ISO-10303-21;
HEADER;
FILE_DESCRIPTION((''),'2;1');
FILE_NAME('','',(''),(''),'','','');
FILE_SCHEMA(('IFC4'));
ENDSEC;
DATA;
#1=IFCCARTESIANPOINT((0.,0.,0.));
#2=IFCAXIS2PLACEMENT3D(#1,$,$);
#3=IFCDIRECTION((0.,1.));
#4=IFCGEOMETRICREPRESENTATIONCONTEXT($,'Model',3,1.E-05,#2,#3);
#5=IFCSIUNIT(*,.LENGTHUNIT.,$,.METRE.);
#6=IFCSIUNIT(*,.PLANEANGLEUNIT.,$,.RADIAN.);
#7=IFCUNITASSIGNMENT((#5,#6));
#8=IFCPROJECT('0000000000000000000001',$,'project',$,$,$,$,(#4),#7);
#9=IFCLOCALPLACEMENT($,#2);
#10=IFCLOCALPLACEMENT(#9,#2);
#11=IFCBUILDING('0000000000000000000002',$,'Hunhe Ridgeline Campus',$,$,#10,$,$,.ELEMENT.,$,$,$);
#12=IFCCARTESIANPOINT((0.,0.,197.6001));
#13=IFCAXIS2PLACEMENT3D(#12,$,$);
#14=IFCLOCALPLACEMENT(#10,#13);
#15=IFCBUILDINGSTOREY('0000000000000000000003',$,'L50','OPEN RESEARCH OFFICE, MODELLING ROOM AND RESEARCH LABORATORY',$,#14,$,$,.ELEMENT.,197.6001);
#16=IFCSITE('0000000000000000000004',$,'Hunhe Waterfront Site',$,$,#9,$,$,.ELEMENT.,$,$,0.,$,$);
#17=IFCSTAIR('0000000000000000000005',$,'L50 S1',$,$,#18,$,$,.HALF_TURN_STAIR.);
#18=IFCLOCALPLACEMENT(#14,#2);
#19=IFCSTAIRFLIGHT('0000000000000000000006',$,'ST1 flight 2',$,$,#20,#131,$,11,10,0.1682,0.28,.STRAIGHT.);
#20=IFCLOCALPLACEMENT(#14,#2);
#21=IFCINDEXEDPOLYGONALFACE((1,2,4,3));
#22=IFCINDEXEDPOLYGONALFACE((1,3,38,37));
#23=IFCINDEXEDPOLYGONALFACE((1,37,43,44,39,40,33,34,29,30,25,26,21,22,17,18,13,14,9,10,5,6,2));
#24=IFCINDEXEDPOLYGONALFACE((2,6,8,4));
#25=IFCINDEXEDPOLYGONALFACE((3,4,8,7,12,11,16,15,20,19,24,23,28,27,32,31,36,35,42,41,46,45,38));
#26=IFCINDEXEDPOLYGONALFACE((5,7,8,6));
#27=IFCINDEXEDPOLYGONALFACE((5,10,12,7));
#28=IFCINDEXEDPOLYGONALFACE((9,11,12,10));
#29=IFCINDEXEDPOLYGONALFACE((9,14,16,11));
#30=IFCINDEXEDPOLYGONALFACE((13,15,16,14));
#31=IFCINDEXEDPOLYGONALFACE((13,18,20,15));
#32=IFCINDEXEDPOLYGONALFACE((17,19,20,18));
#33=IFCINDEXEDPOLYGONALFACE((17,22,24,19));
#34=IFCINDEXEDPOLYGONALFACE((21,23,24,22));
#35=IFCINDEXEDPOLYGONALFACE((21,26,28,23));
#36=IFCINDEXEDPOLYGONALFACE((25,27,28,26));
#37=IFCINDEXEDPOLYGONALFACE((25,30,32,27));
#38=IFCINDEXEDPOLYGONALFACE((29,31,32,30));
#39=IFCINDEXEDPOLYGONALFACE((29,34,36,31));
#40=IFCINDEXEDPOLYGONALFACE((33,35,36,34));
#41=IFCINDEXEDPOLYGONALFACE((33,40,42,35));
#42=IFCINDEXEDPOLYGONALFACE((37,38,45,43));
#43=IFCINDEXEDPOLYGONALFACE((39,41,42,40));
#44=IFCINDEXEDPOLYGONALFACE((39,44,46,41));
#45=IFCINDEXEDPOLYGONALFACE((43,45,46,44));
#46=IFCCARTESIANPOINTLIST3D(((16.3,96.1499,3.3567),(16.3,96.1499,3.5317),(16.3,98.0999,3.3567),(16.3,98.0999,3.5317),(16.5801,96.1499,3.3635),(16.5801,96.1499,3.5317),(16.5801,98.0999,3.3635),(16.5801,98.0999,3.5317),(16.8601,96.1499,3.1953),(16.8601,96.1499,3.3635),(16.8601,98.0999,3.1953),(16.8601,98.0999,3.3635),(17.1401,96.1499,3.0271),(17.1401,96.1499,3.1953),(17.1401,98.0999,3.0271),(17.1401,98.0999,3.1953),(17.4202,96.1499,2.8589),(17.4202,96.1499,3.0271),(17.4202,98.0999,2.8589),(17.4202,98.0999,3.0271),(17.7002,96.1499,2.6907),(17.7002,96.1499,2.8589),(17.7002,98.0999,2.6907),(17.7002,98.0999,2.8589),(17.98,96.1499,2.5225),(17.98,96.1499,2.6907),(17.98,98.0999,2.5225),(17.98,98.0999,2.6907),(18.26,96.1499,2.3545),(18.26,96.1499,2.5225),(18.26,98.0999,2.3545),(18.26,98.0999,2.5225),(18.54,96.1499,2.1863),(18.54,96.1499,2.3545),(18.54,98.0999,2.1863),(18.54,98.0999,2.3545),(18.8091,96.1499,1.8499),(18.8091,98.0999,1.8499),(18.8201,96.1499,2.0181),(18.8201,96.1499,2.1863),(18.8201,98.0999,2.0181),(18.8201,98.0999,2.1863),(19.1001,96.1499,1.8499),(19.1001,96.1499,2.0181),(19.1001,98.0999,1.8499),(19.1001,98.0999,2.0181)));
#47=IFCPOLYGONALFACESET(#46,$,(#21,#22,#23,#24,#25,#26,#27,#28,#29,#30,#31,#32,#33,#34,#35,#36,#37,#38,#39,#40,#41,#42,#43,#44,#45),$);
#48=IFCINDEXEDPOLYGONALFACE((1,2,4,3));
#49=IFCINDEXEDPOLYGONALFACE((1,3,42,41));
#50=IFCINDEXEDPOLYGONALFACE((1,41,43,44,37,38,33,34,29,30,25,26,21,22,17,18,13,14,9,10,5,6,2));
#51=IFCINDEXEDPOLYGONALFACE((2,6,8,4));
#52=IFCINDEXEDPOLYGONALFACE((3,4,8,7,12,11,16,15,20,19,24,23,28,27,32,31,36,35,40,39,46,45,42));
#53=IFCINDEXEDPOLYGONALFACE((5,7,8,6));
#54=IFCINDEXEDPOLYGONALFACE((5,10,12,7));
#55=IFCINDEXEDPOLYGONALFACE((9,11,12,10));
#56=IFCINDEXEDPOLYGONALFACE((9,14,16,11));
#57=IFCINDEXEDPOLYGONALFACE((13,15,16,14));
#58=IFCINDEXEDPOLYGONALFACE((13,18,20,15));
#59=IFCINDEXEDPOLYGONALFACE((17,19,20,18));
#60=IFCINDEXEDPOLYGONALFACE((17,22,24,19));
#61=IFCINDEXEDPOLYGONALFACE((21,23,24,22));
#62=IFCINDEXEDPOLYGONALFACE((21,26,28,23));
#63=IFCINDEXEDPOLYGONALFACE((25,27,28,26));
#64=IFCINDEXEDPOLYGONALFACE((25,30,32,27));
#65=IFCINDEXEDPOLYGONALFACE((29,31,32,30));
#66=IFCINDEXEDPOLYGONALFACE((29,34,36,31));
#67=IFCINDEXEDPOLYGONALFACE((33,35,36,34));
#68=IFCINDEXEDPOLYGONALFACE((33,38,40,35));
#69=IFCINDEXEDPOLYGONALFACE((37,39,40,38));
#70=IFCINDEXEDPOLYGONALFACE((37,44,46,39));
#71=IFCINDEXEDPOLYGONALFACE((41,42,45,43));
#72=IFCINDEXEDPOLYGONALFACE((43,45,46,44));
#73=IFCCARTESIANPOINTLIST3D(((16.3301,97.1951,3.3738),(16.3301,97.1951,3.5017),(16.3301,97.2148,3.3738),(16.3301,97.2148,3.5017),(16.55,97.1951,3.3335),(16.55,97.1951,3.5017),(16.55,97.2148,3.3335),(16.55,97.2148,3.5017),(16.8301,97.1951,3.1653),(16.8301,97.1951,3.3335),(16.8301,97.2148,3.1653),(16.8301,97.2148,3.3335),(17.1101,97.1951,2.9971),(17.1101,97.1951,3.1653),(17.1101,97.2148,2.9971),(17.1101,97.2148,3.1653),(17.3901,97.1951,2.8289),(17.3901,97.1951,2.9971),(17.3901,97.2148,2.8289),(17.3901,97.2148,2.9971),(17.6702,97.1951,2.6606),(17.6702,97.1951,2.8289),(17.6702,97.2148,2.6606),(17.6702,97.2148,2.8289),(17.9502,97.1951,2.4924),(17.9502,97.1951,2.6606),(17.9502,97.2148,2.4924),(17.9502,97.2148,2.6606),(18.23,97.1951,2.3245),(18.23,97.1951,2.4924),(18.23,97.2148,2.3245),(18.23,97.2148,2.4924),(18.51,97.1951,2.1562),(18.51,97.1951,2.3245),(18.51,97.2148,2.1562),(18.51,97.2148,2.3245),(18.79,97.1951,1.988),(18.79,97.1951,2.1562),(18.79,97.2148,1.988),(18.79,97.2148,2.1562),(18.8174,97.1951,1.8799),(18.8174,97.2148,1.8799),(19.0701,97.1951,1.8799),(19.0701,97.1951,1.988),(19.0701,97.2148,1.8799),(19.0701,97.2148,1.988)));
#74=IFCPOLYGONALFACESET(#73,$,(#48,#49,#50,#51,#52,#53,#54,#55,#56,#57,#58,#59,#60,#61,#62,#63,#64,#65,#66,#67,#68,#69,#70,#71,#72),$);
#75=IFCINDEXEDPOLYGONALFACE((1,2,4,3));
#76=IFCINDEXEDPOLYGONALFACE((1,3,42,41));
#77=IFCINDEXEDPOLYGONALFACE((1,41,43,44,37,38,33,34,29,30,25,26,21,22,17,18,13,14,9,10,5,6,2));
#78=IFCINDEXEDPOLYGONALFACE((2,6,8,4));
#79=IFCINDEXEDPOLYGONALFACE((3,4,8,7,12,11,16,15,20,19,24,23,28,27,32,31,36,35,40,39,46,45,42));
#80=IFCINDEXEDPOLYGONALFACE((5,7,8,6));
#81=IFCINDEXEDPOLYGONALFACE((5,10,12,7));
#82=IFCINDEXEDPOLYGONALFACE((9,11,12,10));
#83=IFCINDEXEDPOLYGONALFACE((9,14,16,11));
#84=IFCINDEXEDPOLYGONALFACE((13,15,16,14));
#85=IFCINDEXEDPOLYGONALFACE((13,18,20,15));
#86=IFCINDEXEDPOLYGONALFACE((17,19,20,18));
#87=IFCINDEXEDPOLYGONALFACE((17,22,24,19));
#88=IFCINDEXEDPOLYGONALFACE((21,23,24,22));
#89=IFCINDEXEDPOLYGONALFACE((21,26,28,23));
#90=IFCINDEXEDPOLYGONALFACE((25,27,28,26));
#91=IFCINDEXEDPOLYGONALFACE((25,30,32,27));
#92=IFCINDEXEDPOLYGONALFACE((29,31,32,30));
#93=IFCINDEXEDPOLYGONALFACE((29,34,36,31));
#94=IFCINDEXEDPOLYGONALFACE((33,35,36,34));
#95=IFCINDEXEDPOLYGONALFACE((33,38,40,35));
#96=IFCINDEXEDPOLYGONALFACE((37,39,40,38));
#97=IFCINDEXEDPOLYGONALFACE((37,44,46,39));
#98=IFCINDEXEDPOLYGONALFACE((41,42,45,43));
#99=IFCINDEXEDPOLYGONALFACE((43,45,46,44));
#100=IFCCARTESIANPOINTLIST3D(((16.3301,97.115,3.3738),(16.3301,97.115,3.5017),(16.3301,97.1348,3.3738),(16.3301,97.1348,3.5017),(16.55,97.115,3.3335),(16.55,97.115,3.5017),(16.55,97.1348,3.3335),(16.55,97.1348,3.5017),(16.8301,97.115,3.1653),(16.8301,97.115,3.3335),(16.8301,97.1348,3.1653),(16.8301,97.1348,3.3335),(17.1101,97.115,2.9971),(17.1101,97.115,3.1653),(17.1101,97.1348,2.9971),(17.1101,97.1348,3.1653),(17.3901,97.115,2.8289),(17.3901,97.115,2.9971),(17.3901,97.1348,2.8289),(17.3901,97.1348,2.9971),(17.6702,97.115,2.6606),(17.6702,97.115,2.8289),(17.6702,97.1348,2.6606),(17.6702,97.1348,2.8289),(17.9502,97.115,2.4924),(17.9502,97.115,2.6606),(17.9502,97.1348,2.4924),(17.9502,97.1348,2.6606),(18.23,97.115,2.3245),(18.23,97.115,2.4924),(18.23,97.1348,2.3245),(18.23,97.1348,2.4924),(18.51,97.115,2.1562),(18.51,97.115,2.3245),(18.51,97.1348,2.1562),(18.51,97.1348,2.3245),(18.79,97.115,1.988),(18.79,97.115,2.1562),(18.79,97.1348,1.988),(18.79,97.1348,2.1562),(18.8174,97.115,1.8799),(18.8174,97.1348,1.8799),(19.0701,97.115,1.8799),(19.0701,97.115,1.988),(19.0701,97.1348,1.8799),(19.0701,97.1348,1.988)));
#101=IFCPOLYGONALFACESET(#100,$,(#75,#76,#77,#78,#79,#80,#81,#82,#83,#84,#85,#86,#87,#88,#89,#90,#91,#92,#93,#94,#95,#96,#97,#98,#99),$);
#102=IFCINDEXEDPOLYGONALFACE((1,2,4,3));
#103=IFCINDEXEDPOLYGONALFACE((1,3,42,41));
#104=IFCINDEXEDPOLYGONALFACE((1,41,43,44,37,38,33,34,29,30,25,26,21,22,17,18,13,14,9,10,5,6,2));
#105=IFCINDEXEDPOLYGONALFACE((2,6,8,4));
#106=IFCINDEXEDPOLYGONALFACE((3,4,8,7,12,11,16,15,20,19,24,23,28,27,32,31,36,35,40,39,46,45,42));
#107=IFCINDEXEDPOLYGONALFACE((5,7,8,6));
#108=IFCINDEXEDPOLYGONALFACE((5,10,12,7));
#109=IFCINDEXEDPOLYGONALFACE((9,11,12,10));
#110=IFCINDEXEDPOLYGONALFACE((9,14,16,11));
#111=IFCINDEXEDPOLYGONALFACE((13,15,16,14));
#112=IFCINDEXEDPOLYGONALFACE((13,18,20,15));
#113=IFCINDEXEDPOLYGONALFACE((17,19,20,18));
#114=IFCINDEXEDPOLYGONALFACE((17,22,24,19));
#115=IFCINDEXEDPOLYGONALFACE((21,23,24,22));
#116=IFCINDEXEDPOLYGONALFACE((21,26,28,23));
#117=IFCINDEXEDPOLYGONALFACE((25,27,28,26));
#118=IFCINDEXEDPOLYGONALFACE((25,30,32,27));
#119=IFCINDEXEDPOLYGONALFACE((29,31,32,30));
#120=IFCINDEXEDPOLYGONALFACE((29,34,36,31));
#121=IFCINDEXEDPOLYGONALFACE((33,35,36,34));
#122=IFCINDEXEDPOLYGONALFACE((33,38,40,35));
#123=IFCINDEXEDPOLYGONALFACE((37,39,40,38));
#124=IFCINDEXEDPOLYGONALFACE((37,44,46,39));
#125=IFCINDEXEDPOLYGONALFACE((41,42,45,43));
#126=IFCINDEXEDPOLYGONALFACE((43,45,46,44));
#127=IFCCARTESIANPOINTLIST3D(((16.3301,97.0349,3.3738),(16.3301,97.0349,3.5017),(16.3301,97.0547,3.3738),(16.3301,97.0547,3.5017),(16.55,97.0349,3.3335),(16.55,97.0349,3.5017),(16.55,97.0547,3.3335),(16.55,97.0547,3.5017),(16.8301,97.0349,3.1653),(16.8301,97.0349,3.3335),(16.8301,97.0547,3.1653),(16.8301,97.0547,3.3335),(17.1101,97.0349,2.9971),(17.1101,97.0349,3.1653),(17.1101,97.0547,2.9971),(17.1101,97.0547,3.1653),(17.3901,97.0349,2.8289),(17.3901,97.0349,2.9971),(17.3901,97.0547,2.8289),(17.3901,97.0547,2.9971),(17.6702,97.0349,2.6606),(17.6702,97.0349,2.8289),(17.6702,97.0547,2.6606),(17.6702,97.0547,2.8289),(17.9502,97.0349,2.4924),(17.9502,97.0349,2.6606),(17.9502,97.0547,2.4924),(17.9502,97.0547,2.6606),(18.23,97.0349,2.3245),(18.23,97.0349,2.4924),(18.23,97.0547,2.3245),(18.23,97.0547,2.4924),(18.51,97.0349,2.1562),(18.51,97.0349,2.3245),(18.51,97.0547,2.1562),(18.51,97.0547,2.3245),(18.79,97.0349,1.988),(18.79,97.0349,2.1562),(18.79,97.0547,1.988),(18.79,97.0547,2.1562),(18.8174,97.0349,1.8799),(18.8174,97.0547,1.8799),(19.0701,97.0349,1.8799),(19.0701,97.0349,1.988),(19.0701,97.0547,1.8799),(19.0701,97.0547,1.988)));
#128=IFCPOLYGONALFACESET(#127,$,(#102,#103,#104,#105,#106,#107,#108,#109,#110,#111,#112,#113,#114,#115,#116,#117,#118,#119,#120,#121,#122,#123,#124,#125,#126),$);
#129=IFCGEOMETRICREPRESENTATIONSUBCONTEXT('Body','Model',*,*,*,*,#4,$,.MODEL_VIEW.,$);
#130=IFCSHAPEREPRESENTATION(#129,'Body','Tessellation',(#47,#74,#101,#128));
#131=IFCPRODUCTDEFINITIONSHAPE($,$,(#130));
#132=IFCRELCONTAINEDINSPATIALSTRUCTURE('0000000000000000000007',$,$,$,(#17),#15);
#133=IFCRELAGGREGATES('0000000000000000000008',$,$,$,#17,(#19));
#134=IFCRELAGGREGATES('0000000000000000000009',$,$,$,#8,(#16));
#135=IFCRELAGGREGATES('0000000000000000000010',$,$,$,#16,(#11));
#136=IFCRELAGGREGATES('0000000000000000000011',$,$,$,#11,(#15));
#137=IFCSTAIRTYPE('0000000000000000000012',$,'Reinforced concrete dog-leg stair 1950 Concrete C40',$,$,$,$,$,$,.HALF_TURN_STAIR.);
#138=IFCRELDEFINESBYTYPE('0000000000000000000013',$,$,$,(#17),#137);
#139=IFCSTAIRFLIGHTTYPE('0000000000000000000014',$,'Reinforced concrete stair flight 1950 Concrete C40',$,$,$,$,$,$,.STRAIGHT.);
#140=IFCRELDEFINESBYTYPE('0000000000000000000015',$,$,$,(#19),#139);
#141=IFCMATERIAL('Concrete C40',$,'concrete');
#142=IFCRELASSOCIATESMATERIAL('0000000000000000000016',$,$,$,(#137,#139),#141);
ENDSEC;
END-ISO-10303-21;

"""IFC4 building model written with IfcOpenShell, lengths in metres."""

from ifc_helpers import new_model, si_unit, direction, frame, origin, place, context, subcontext, project, spatial, polyline, outline, extrude, material, type_object, element, aggregate, save


model = new_model("IFC4")

# Units and contexts
model_context = context("Model", 3, precision=1e-05, world=origin(), true_north=direction((0.0, 1.0)))
body_context = subcontext(model_context, "Body", "Model", "MODEL_VIEW")
ifc_project = project(units=[si_unit("LENGTHUNIT", "METRE"), si_unit("PLANEANGLEUNIT", "RADIAN")], contexts=[model_context])

# Site, building, storey
site_placement = place(None, origin())
site = spatial("IfcSite", under=ifc_project, at=site_placement, Name="Hunhe Waterfront Site", CompositionType="ELEMENT", RefElevation=0.0)
building_placement = place(site_placement, origin())
building = spatial("IfcBuilding", under=site, at=building_placement, Name="Hunhe Ridgeline Campus", CompositionType="ELEMENT")
storey_placement = place(building_placement, frame((0.0, 0.0, 197.6001)))
storey = spatial("IfcBuildingStorey", under=building, at=storey_placement, Name="L50", Description="OPEN RESEARCH OFFICE, MODELLING ROOM AND RESEARCH LABORATORY", CompositionType="ELEMENT", Elevation=197.6001)

# Stair, stair flight
ifc_material_1 = material(Name="Concrete C40", Category="concrete")
stair_type = type_object("IfcStairType", Name="Reinforced concrete dog-leg stair 1950 Concrete C40", PredefinedType="HALF_TURN_STAIR", material=ifc_material_1)
stair_placement = place(storey_placement, origin())
stair = element("IfcStair", 1, at=stair_placement, inside=storey, type_object=stair_type, Name="L50 S1", PredefinedType="HALF_TURN_STAIR")
stair_flight_type = type_object("IfcStairFlightType", Name="Reinforced concrete stair flight 1950 Concrete C40", PredefinedType="STRAIGHT", material=ifc_material_1)
stair_flight_1_placement = place(storey_placement, frame((19.1001, 97.125, 1.8499), z_axis=(0.0, 0.0, 1.0), x_axis=(-1.0, 0.0, 0.0)))
stair_flight_1 = element("IfcStairFlight", 2, at=stair_flight_1_placement, type_object=stair_flight_type, Name="ST1 flight 2", NumberOfRisers=11, NumberOfTreads=10, PredefinedType="STRAIGHT", RiserHeight=0.1682, TreadLength=0.28, context=body_context, shape_type="SweptSolid", body=[
    extrude(outline(polyline([(0.0, 0.0), (0.0, 0.1682), (0.28, 0.1682), (0.28, 0.3364), (0.5601, 0.3364), (0.5601, 0.5046), (0.8401, 0.5046), (0.8401, 0.6726), (1.1201, 0.6726), (1.1201, 0.8408), (1.3999, 0.8408), (1.3999, 1.009), (1.6799, 1.009), (1.6799, 1.1772), (1.96, 1.1772), (1.96, 1.3455), (2.24, 1.3455), (2.24, 1.5137), (2.52, 1.5137), (2.52, 1.6819), (2.8, 1.6819), (2.8, 1.8501), (2.8, 1.5068), (0.291, 0.0), (0.0, 0.0)])), frame((0.0, 0.9751, 0.0), z_axis=(0.0, -1.0, 0.0), x_axis=(1.0, 0.0, 0.0)), (0.0, 0.0, 1.0), 1.95),
    extrude(outline(polyline([(0.03, 0.03), (0.03, 0.1382), (0.3101, 0.1382), (0.3101, 0.3064), (0.5901, 0.3064), (0.5901, 0.4746), (0.8701, 0.4746), (0.8701, 0.6426), (1.1499, 0.6426), (1.1499, 0.8108), (1.4299, 0.8108), (1.4299, 0.979), (1.71, 0.979), (1.71, 1.1472), (1.99, 1.1472), (1.99, 1.3154), (2.27, 1.3154), (2.27, 1.4836), (2.55, 1.4836), (2.55, 1.6519), (2.77, 1.6519), (2.77, 1.5239), (0.2827, 0.03), (0.03, 0.03)])), frame((0.0, -0.0701, 0.0), z_axis=(0.0, -1.0, 0.0), x_axis=(1.0, 0.0, 0.0)), (0.0, 0.0, 1.0), 0.0198),
    extrude(outline(polyline([(0.03, 0.03), (0.03, 0.1382), (0.3101, 0.1382), (0.3101, 0.3064), (0.5901, 0.3064), (0.5901, 0.4746), (0.8701, 0.4746), (0.8701, 0.6426), (1.1499, 0.6426), (1.1499, 0.8108), (1.4299, 0.8108), (1.4299, 0.979), (1.71, 0.979), (1.71, 1.1472), (1.99, 1.1472), (1.99, 1.3154), (2.27, 1.3154), (2.27, 1.4836), (2.55, 1.4836), (2.55, 1.6519), (2.77, 1.6519), (2.77, 1.5239), (0.2827, 0.03), (0.03, 0.03)])), frame((0.0, 0.01, 0.0), z_axis=(0.0, -1.0, 0.0), x_axis=(1.0, 0.0, 0.0)), (0.0, 0.0, 1.0), 0.0198),
    extrude(outline(polyline([(0.03, 0.03), (0.03, 0.1382), (0.3101, 0.1382), (0.3101, 0.3064), (0.5901, 0.3064), (0.5901, 0.4746), (0.8701, 0.4746), (0.8701, 0.6426), (1.1499, 0.6426), (1.1499, 0.8108), (1.4299, 0.8108), (1.4299, 0.979), (1.71, 0.979), (1.71, 1.1472), (1.99, 1.1472), (1.99, 1.3154), (2.27, 1.3154), (2.27, 1.4836), (2.55, 1.4836), (2.55, 1.6519), (2.77, 1.6519), (2.77, 1.5239), (0.2827, 0.03), (0.03, 0.03)])), frame((0.0, 0.0901, 0.0), z_axis=(0.0, -1.0, 0.0), x_axis=(1.0, 0.0, 0.0)), (0.0, 0.0, 1.0), 0.0198),
])
aggregate(stair, [stair_flight_1])

save(model, "model.ifc")
